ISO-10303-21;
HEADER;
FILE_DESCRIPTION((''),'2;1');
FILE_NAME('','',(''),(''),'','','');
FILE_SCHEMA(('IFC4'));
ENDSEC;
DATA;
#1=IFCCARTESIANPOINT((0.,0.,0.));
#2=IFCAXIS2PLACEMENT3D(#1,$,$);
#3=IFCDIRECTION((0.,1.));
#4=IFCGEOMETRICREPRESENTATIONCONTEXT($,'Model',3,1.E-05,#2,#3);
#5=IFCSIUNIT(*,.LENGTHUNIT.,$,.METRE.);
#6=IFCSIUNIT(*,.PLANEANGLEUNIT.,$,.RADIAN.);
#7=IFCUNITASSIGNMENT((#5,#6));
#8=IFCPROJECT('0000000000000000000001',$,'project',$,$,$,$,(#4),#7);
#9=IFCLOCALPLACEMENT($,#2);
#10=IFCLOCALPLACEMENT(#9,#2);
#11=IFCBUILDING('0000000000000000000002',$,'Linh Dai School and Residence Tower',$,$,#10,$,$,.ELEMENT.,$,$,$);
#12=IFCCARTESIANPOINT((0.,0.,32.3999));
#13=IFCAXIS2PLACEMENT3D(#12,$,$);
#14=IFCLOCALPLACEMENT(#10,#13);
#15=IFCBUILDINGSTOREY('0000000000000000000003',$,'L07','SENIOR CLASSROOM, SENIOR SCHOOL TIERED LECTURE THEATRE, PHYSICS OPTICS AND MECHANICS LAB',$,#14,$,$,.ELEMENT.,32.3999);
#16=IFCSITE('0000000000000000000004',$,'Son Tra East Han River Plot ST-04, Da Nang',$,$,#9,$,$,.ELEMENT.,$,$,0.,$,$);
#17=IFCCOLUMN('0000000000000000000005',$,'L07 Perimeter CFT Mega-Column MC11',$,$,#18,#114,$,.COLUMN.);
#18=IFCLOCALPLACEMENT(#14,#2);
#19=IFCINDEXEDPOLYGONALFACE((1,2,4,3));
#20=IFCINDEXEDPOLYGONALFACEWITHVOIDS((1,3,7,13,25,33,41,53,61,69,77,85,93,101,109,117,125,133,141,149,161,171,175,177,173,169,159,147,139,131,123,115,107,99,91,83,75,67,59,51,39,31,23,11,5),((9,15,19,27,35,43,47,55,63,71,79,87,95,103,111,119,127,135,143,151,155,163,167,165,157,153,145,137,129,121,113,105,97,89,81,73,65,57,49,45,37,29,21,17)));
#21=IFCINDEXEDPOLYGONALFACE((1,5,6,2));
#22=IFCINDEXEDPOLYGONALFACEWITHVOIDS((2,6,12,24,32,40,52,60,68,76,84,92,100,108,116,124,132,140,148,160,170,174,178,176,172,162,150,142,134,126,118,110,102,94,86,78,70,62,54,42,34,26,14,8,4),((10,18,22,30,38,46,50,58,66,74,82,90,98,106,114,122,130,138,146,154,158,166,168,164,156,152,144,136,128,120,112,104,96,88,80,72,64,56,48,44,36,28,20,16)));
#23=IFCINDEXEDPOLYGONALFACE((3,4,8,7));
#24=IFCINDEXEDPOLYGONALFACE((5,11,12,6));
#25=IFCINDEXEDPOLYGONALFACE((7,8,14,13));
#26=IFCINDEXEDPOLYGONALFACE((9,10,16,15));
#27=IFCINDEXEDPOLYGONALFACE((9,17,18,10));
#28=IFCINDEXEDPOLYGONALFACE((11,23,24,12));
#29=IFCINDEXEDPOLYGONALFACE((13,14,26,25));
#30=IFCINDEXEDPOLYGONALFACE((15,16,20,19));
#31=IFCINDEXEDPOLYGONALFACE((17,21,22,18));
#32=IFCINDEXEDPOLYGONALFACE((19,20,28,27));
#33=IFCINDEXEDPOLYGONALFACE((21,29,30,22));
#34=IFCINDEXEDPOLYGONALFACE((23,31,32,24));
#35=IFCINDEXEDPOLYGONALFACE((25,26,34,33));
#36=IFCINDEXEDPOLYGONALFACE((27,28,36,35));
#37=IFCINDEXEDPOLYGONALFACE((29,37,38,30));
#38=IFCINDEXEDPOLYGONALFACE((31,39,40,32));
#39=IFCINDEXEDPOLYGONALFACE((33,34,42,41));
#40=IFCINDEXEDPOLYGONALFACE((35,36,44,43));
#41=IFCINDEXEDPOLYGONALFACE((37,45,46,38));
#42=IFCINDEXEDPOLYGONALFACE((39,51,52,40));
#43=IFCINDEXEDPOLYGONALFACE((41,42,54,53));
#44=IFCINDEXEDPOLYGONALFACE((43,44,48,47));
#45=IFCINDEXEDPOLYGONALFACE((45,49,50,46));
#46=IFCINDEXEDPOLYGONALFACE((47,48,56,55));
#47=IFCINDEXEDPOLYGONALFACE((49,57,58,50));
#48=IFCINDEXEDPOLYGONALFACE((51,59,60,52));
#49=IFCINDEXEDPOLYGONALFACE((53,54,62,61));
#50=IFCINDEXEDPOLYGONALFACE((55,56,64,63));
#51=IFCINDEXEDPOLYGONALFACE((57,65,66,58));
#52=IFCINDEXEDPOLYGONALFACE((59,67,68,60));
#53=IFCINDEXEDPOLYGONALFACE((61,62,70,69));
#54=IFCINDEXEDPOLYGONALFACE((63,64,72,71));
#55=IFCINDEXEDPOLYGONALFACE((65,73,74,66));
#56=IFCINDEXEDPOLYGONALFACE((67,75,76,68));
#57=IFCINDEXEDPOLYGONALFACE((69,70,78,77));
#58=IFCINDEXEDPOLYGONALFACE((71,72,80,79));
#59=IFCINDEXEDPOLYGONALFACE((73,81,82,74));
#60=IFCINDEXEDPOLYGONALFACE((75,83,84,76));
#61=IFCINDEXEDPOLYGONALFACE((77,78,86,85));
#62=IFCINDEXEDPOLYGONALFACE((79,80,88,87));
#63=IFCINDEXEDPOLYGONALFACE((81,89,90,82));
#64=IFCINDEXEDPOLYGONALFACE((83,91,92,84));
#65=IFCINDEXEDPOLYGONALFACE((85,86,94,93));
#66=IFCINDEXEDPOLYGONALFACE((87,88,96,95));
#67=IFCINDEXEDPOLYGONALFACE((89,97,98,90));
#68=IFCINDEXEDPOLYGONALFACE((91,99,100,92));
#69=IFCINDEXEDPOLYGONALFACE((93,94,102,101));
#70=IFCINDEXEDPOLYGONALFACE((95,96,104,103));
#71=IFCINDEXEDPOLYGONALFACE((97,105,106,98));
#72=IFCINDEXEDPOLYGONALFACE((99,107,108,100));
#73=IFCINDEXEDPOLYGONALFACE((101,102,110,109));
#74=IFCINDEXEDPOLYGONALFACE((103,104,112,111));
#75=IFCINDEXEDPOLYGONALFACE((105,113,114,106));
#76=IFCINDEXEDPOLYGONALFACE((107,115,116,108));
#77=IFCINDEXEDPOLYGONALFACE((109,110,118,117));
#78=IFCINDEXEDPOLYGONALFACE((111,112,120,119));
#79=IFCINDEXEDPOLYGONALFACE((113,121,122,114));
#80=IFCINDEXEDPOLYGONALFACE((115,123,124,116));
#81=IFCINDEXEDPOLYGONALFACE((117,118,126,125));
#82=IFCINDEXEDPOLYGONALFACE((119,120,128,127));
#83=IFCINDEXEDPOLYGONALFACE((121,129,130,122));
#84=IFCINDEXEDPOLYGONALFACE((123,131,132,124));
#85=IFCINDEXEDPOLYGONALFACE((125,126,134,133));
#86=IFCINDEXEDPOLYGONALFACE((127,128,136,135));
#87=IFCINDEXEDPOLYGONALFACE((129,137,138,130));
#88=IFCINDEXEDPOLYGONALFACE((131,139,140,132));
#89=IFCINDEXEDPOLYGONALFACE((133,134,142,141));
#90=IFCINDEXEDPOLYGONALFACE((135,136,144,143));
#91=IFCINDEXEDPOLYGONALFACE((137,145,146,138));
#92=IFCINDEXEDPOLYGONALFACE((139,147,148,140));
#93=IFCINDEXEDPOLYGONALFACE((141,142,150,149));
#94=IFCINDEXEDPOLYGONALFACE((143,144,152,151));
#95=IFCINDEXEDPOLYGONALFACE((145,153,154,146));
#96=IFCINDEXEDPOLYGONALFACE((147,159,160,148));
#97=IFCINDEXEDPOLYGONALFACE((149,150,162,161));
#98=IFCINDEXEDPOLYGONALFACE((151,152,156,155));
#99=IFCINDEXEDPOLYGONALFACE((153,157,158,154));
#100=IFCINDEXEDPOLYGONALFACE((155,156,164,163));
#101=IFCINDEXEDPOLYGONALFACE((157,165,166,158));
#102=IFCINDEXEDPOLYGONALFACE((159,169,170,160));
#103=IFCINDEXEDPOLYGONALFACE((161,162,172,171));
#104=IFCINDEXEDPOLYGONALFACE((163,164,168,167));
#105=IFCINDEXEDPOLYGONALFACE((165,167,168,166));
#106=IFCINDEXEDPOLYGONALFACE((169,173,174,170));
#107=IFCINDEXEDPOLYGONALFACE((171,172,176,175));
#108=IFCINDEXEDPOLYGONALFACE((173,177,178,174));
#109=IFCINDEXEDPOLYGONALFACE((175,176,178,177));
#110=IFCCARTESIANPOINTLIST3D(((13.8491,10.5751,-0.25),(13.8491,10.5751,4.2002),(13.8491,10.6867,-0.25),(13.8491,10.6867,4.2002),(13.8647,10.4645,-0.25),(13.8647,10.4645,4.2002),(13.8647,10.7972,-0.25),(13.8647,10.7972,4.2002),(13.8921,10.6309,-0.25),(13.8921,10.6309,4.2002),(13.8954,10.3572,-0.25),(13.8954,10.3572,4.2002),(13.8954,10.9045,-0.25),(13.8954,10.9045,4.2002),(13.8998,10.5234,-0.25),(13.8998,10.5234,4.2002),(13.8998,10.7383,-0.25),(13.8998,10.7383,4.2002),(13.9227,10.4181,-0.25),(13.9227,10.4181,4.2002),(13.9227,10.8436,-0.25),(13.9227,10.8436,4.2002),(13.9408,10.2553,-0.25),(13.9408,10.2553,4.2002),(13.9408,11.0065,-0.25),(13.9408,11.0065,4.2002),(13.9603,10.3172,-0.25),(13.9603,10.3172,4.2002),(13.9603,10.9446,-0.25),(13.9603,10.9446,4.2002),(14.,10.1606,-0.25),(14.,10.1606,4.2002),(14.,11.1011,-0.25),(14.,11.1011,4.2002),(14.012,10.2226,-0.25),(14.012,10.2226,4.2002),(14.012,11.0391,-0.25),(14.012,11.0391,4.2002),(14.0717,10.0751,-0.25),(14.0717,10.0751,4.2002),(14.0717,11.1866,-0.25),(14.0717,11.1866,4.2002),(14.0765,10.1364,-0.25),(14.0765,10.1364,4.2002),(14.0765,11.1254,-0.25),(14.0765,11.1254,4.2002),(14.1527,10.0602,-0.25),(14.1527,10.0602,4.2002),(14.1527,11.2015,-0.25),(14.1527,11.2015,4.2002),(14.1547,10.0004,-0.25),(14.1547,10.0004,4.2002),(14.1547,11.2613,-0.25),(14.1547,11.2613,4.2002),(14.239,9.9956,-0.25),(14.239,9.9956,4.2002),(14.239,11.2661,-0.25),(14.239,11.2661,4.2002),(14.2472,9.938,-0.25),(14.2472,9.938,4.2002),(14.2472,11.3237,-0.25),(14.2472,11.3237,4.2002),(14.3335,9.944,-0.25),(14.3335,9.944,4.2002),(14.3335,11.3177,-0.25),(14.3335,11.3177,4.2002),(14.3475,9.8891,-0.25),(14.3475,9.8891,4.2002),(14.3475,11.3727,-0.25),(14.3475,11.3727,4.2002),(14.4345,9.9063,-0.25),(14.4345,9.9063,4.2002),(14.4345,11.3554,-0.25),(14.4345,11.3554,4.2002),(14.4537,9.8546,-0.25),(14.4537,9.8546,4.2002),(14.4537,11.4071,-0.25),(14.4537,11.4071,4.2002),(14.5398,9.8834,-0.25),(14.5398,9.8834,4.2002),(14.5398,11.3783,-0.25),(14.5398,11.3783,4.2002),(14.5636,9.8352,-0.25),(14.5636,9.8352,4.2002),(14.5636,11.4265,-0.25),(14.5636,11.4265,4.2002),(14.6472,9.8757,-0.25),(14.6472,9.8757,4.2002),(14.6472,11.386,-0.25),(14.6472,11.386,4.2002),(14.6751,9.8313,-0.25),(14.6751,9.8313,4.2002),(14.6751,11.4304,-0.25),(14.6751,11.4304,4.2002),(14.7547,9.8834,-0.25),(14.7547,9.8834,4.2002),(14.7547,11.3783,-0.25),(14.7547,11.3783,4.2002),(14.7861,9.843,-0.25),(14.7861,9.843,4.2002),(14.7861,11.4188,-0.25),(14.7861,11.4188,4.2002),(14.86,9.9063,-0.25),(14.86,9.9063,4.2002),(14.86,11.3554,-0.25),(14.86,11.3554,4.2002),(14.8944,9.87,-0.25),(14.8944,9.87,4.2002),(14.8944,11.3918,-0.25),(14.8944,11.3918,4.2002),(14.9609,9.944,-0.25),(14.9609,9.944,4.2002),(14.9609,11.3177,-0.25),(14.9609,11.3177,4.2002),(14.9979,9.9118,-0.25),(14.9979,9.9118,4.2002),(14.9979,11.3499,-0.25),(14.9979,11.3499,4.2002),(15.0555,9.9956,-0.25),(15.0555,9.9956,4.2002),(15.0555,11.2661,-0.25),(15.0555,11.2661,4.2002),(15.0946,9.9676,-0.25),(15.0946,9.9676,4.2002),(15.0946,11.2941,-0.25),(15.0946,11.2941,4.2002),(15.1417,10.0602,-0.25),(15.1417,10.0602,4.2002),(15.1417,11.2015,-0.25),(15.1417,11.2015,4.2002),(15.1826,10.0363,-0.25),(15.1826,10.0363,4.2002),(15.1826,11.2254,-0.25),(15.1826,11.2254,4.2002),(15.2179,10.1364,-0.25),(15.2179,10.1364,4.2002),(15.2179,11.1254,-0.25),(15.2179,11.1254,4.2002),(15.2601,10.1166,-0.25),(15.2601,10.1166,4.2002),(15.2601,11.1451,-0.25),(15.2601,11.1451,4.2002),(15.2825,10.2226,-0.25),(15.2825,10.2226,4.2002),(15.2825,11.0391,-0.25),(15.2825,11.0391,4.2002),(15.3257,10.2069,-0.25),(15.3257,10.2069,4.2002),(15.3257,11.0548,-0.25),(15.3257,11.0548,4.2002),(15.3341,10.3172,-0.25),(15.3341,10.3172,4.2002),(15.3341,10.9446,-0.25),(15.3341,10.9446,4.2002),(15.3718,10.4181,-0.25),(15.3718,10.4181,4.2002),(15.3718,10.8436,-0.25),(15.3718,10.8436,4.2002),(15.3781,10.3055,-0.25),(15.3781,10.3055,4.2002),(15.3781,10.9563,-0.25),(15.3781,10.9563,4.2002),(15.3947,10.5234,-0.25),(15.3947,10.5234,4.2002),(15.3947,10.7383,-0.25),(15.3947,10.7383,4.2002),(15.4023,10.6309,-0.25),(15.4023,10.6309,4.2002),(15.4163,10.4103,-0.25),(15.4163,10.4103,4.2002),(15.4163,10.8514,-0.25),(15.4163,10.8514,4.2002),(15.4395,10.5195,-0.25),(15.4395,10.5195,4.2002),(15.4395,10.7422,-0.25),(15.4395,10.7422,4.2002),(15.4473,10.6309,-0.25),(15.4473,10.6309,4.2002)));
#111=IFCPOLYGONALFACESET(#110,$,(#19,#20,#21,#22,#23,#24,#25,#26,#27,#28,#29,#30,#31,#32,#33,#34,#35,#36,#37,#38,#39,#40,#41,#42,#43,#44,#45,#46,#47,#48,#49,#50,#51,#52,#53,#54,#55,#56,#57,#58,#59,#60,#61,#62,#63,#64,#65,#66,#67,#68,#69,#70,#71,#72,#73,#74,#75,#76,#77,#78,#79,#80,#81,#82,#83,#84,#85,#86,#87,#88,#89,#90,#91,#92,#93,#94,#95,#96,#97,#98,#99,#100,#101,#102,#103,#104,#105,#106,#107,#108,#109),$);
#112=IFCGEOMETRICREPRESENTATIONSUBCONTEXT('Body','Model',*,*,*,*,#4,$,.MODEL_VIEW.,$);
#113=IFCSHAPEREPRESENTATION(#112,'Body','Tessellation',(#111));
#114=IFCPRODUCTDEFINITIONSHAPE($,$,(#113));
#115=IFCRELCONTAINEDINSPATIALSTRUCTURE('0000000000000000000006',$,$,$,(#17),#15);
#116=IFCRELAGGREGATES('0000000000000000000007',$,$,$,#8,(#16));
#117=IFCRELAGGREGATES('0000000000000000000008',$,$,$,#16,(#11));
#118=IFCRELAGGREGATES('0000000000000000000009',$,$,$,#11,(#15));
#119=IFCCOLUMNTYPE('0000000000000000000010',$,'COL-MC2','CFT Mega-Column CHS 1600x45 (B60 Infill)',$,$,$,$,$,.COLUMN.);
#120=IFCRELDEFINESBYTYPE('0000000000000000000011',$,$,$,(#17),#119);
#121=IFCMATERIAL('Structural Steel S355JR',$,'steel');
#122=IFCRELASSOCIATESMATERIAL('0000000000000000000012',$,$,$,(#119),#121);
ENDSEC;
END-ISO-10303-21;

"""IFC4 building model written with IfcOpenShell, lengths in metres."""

from ifc_helpers import new_model, si_unit, direction, frame, origin, origin_2d, place, context, subcontext, project, spatial, hollow_circle, extrude, material, material_profile, profile_set, type_object, element, save


model = new_model("IFC4")

# Units and contexts
model_context = context("Model", 3, precision=1e-05, world=origin(), true_north=direction((0.0, 1.0)))
body_context = subcontext(model_context, "Body", "Model", "MODEL_VIEW")
ifc_project = project(units=[si_unit("LENGTHUNIT", "METRE"), si_unit("PLANEANGLEUNIT", "RADIAN")], contexts=[model_context])

# Site, building, storey
site_placement = place(None, origin())
site = spatial("IfcSite", under=ifc_project, at=site_placement, Name="Son Tra East Han River Plot ST-04, Da Nang", CompositionType="ELEMENT", RefElevation=0.0)
building_placement = place(site_placement, origin())
building = spatial("IfcBuilding", under=site, at=building_placement, Name="Linh Dai School and Residence Tower", CompositionType="ELEMENT")
storey_placement = place(building_placement, frame((0.0, 0.0, 32.3999)))
storey = spatial("IfcBuildingStorey", under=building, at=storey_placement, Name="L07", Description="SENIOR CLASSROOM, SENIOR SCHOOL TIERED LECTURE THEATRE, PHYSICS OPTICS AND MECHANICS LAB", CompositionType="ELEMENT", Elevation=32.3999)

# Column
ifc_material_1 = material(Name="Structural Steel S355JR", Category="steel")
ifc_material_profile_1 = material_profile(ifc_material_1, hollow_circle(Radius=0.8, WallThickness=0.0449, at=origin_2d()), Name="CHS 1600x45")
ifc_profile_set_1 = profile_set([ifc_material_profile_1], Name="Structural Steel S355JR")
column_type = type_object("IfcColumnType", Name="COL-MC2", Description="CFT Mega-Column CHS 1600x45 (B60 Infill)", PredefinedType="COLUMN", material=ifc_profile_set_1)
for number, where, z_axis, x_axis, name in (
    (1, (14.6472, 10.6309, -0.25), (0.0, 0.0, 1.0), (1.0, 0.0, 0.0), "L07 Perimeter CFT Mega-Column MC11"),
):
    element("IfcColumn", number, at=place(storey_placement, frame(where, z_axis=z_axis, x_axis=x_axis)), inside=storey, type_object=column_type, Name=name, PredefinedType="COLUMN", context=body_context, shape_type="SweptSolid", body=[
        extrude(hollow_circle(Radius=0.8, WallThickness=0.0449, at=origin_2d()), origin(), (0.0, 0.0, 1.0), 4.4502),
    ])

save(model, "model.ifc")
